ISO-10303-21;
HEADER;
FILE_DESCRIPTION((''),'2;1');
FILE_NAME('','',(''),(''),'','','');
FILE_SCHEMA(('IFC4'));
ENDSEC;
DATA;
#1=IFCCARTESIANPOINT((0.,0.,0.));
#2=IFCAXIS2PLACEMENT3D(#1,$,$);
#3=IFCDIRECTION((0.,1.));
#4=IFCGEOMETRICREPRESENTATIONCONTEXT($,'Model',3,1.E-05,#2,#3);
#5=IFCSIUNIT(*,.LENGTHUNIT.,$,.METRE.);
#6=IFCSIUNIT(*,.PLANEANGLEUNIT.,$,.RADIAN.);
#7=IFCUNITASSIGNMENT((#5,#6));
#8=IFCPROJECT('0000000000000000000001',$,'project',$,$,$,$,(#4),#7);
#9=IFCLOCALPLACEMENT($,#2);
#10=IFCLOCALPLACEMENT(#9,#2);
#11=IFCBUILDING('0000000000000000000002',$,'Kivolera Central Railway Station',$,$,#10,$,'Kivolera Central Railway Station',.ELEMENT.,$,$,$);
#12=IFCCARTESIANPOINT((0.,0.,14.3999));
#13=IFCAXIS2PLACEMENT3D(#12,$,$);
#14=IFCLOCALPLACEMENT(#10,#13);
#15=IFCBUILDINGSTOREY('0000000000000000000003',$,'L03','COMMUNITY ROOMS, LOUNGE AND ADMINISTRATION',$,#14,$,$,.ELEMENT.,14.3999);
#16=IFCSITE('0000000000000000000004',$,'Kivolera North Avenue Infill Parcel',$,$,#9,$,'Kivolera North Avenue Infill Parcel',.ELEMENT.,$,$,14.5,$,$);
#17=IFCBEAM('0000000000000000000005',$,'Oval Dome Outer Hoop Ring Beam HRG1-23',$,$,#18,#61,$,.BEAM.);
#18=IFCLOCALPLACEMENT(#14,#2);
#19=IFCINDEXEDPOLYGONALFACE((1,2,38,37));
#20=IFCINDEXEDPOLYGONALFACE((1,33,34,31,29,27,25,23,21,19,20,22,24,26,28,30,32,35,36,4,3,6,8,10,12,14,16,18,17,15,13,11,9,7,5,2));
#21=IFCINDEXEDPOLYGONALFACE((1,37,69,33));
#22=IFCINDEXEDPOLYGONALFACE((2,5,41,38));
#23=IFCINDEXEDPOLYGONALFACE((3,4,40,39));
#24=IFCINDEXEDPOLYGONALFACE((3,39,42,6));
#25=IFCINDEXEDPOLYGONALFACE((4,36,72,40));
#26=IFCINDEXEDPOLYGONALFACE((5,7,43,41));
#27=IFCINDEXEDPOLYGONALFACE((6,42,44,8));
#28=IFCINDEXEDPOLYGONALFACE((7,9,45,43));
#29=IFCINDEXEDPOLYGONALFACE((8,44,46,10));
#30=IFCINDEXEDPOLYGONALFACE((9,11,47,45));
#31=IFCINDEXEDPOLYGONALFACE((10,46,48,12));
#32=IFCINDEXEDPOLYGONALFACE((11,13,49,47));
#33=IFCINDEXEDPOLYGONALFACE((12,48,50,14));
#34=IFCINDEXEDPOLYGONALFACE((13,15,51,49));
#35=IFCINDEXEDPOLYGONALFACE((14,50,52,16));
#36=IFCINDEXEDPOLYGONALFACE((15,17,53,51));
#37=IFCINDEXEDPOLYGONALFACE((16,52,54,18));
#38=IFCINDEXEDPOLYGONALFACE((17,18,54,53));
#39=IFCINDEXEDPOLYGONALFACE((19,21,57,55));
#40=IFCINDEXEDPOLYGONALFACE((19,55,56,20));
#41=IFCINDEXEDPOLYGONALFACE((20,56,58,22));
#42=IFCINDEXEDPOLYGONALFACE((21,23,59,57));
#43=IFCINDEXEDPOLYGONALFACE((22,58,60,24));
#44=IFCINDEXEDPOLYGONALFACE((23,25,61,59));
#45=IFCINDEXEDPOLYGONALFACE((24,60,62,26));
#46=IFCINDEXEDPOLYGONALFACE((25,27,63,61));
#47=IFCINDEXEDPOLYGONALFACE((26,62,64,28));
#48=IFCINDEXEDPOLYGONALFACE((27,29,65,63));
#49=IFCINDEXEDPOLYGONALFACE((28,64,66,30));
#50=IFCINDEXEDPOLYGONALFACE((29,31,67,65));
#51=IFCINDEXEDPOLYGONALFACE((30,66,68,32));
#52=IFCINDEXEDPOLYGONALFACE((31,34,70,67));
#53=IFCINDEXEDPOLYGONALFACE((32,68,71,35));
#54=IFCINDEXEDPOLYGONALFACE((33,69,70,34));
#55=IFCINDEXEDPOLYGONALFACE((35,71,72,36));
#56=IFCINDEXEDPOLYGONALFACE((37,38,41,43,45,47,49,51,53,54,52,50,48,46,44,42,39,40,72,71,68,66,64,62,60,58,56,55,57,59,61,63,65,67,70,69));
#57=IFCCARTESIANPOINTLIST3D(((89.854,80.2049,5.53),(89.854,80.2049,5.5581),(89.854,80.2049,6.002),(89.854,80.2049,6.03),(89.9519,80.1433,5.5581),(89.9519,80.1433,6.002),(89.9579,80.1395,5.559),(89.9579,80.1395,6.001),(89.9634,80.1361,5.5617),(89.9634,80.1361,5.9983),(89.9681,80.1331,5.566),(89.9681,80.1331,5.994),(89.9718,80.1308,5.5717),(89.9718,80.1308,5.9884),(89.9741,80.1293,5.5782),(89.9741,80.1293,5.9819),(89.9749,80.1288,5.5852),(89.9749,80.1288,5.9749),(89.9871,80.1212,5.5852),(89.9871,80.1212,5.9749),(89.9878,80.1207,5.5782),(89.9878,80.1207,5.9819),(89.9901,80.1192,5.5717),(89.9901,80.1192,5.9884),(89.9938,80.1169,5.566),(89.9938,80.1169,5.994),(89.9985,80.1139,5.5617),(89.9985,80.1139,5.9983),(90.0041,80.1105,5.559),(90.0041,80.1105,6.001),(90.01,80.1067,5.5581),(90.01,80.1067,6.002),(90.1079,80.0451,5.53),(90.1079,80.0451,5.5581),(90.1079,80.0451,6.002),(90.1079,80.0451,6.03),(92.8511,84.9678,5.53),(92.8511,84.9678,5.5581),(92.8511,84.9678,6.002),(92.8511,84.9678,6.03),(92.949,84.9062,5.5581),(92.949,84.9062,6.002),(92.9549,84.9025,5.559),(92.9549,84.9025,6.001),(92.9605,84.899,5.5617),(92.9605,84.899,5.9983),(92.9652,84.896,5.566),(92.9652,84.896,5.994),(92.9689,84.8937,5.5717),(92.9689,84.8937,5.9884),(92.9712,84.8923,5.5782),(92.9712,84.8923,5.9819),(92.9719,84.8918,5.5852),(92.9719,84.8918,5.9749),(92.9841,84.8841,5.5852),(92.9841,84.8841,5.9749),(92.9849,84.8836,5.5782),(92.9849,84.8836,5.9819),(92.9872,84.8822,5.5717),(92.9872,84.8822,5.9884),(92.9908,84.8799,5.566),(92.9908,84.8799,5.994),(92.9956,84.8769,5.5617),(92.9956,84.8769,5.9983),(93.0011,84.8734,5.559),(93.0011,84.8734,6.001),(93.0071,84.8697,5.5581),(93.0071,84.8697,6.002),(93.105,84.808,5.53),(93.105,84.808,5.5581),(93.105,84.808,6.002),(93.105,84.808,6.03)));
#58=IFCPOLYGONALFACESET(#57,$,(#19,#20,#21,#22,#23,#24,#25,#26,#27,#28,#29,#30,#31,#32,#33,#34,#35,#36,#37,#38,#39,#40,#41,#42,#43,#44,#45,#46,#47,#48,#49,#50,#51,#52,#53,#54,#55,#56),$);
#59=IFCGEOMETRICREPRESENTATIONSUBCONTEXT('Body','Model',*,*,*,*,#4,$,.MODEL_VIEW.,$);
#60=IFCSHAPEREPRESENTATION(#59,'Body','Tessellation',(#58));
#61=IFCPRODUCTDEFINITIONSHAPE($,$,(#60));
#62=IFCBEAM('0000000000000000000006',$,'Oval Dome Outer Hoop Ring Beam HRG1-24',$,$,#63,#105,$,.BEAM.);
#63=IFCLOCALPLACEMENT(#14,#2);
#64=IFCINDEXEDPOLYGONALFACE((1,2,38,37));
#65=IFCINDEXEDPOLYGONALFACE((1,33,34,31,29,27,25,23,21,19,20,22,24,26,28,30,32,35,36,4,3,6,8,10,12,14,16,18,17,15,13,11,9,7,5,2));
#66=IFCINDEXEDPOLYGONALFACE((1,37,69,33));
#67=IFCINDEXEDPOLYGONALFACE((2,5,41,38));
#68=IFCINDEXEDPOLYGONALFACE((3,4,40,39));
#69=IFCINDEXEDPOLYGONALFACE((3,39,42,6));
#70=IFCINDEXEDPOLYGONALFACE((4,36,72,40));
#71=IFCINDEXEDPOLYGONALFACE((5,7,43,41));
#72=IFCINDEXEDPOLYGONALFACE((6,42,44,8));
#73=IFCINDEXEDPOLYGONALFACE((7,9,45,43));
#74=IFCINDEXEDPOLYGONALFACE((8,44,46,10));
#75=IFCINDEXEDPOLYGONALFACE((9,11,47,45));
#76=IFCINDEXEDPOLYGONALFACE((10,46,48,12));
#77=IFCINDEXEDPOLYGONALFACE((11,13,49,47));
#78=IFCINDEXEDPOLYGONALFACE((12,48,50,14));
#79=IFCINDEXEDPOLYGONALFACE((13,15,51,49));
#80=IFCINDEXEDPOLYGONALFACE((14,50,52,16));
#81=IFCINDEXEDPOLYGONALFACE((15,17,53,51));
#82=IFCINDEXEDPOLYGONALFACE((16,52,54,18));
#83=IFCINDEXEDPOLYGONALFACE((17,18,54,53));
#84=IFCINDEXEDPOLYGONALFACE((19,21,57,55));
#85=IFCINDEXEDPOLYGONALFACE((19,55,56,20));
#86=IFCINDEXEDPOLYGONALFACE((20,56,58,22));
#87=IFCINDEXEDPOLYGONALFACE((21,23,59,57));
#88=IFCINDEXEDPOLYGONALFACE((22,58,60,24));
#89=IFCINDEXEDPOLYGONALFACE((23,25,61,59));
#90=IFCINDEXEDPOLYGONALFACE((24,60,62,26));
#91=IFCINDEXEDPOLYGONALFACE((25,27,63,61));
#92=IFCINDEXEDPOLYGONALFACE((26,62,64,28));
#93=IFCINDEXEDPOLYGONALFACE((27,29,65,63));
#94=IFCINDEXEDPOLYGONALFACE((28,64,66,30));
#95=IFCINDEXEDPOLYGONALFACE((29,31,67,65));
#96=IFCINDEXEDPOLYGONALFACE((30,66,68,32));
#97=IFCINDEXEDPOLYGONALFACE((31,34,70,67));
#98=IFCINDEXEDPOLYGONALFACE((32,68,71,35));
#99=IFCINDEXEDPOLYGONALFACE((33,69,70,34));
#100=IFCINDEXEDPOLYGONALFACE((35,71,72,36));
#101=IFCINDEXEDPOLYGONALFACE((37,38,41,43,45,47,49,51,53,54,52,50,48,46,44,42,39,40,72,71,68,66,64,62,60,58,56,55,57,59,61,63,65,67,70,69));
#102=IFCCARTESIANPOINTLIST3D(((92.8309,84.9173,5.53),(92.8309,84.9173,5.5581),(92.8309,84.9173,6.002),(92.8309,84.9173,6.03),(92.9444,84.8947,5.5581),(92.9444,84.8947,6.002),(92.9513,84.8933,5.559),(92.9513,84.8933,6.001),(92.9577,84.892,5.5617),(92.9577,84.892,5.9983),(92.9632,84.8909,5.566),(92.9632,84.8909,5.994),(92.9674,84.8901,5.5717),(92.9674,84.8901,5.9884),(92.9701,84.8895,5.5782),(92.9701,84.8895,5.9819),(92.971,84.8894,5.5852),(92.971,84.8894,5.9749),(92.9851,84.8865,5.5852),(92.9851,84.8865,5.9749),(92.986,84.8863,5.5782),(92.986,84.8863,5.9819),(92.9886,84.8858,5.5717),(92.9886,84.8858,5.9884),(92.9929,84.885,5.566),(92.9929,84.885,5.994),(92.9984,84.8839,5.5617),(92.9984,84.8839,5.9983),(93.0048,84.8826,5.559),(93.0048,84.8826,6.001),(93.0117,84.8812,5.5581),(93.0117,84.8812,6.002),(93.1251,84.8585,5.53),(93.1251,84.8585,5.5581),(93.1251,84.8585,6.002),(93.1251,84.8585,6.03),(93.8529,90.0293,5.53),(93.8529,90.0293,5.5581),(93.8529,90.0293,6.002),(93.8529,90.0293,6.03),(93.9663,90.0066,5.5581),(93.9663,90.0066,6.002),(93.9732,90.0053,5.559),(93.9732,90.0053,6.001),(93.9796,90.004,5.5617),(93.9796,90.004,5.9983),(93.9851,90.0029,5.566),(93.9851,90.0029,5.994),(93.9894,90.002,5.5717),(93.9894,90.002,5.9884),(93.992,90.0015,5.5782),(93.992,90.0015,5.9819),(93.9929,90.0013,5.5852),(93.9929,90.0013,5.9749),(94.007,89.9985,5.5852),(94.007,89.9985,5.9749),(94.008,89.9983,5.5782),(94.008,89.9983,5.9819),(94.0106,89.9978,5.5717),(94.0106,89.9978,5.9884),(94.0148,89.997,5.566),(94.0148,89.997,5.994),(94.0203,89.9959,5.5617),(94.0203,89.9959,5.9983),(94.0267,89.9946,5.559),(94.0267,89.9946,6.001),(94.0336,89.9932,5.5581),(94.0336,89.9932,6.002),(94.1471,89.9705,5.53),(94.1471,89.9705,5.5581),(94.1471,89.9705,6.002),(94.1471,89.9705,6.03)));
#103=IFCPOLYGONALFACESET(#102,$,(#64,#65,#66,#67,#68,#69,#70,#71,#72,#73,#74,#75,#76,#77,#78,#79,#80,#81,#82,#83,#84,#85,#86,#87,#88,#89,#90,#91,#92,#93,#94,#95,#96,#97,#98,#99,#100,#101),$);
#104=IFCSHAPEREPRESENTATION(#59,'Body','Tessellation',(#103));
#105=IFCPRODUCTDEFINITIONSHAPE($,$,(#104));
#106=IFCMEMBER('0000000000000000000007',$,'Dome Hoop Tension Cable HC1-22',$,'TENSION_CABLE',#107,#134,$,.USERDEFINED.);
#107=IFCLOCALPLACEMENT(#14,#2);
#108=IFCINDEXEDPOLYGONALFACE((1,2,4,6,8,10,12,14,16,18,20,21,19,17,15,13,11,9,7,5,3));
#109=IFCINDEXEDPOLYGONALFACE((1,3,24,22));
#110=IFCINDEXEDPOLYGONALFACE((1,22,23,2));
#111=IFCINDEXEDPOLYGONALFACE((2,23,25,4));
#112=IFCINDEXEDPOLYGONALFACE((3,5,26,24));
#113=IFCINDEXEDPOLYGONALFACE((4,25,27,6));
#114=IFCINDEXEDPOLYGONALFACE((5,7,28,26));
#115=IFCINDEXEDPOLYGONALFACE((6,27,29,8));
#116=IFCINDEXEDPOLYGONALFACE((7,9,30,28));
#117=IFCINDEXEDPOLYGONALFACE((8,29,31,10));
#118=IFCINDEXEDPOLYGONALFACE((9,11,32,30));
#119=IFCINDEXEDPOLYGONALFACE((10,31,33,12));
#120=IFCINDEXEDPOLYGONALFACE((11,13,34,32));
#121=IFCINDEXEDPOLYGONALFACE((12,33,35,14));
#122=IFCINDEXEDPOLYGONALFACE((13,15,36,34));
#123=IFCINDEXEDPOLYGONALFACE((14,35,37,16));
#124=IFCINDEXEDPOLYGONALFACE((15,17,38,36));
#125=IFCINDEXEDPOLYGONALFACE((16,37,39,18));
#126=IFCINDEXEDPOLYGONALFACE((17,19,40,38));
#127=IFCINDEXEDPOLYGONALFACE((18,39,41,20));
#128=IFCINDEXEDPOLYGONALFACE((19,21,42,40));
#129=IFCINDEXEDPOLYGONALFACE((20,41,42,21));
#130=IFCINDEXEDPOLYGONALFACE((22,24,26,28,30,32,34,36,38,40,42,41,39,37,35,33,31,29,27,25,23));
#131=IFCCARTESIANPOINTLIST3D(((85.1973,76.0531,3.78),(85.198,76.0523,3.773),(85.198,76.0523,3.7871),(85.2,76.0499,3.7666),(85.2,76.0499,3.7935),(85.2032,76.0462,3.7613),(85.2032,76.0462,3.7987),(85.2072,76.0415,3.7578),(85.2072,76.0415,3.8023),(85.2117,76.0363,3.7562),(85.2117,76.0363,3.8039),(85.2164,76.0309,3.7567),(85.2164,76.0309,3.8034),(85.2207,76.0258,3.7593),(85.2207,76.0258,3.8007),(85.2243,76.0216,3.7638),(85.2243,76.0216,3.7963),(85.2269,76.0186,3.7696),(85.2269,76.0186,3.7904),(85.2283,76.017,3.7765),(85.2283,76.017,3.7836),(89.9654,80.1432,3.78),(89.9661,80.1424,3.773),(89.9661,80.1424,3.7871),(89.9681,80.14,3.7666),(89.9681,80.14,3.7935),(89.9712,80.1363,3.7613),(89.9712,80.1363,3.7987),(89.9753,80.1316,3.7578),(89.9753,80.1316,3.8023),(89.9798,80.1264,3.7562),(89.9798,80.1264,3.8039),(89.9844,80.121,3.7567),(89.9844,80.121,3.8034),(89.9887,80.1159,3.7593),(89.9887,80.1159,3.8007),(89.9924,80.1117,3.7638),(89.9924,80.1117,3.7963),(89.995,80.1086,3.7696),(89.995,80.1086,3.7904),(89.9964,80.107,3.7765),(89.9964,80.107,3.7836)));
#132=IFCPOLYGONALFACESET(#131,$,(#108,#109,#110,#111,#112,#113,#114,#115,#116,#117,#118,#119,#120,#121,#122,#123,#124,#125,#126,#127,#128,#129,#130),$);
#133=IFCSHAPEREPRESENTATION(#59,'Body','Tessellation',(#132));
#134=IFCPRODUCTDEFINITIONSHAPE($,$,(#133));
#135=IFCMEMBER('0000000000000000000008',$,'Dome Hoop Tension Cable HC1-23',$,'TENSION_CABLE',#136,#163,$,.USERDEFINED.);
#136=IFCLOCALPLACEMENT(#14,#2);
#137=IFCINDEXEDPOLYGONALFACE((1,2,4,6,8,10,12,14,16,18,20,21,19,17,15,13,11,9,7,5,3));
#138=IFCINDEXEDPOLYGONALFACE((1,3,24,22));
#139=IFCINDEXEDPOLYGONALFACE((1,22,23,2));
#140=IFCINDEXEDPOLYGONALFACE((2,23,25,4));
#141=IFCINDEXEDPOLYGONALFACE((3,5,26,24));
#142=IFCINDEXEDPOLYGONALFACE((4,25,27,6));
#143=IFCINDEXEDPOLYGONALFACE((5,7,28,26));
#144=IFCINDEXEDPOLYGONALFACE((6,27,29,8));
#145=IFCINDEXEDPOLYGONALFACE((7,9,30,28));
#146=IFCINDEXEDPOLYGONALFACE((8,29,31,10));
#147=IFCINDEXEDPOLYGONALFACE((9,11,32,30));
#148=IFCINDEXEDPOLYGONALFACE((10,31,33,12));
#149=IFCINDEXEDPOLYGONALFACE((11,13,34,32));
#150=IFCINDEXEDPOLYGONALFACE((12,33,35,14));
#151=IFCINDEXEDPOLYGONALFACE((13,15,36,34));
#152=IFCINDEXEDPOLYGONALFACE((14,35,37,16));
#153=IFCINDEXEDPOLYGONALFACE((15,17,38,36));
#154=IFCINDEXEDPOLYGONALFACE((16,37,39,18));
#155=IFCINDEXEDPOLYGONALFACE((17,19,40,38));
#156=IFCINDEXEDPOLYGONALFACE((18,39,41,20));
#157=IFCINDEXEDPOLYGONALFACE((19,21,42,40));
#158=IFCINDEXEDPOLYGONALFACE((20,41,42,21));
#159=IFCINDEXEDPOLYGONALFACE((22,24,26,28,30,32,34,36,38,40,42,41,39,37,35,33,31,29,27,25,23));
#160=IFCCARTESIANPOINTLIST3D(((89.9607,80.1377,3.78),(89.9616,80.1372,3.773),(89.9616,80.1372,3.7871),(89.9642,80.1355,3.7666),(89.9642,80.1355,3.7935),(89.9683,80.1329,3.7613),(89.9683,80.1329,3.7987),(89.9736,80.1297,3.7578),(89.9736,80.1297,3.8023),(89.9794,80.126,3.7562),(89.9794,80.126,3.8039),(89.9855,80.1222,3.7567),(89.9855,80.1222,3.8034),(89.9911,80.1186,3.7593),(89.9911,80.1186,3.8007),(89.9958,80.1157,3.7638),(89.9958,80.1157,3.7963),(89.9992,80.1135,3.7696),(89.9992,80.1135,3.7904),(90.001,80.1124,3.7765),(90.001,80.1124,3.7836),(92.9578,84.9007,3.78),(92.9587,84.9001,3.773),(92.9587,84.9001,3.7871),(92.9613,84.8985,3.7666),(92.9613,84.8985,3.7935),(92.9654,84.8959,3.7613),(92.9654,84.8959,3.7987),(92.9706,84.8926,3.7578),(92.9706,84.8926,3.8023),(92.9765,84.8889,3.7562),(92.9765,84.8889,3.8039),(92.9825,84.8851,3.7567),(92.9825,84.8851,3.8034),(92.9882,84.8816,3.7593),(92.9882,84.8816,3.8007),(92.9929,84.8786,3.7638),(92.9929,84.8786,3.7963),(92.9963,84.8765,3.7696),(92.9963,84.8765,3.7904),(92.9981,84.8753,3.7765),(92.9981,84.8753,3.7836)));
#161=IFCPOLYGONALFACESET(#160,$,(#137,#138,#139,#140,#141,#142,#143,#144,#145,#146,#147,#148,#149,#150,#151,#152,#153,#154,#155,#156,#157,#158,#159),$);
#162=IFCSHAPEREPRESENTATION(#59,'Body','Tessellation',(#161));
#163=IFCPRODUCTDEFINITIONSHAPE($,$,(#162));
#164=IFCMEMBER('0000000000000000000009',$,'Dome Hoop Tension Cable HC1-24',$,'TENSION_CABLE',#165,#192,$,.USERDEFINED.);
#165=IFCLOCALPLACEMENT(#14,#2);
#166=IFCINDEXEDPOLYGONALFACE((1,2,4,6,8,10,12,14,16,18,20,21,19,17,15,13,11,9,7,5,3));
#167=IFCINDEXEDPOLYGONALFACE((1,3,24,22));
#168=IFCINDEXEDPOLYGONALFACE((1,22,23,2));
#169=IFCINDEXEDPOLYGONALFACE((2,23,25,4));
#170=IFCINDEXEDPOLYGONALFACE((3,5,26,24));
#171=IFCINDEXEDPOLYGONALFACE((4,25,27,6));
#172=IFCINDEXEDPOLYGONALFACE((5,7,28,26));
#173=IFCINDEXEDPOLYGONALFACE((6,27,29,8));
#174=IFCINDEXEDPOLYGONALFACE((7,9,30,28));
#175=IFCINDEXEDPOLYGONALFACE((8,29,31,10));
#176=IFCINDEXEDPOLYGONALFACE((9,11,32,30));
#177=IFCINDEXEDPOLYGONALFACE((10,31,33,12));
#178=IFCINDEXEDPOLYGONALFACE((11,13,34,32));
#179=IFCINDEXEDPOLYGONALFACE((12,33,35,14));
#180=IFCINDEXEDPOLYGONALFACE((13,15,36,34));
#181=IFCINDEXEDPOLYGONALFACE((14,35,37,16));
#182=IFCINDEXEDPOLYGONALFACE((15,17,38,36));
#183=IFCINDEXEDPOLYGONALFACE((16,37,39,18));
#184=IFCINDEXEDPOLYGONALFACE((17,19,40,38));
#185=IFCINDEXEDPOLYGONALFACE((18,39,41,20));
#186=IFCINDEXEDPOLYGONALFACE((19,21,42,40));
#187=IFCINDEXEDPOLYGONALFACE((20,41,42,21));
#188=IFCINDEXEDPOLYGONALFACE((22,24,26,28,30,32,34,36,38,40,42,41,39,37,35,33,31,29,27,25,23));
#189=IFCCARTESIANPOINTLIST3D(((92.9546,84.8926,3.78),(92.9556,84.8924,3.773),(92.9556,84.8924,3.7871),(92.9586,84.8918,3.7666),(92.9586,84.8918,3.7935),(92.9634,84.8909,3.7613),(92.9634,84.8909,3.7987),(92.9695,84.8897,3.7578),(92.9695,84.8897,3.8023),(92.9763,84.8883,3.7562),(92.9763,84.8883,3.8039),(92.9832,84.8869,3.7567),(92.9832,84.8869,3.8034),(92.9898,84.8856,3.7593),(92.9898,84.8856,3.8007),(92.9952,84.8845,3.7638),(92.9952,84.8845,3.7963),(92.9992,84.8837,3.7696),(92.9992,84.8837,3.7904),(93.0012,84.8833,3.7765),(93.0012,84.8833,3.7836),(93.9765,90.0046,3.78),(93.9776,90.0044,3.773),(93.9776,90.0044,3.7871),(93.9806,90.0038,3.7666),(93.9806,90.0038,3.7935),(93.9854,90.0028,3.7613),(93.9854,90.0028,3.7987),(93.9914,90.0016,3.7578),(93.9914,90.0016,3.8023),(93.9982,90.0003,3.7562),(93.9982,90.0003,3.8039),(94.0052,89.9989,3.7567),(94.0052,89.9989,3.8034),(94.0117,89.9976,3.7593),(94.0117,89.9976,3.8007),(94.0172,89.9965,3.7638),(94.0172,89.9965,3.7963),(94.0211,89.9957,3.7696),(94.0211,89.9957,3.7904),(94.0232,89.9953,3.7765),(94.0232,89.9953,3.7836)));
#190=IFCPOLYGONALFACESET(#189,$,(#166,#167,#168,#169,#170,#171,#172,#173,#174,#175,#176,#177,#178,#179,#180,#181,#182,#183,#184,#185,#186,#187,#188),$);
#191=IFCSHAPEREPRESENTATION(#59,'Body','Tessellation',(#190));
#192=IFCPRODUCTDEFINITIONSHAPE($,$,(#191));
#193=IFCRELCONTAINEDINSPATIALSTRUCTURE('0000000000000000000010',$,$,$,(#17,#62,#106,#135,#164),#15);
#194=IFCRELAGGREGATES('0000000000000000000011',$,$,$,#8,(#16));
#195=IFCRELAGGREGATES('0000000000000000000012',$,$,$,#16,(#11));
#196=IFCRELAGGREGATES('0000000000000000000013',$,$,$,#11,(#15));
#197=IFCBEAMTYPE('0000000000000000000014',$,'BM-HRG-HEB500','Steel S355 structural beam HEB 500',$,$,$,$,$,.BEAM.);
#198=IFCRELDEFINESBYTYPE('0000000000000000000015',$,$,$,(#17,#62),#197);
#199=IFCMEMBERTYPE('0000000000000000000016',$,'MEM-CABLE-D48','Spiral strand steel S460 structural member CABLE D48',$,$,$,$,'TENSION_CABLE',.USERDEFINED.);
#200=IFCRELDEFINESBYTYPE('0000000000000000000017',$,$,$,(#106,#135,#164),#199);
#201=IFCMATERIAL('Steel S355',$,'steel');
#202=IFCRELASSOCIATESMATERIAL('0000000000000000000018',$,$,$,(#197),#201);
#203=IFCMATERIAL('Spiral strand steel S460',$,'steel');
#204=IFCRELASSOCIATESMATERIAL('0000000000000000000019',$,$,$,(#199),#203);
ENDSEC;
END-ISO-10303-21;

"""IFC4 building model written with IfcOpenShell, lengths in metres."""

from ifc_helpers import new_model, si_unit, direction, frame, origin, origin_2d, place, context, subcontext, project, spatial, circle, i_section, extrude, material, material_profile, profile_set, type_object, element, save


model = new_model("IFC4")

# Units and contexts
model_context = context("Model", 3, precision=1e-05, world=origin(), true_north=direction((0.0, 1.0)))
body_context = subcontext(model_context, "Body", "Model", "MODEL_VIEW")
ifc_project = project(units=[si_unit("LENGTHUNIT", "METRE"), si_unit("PLANEANGLEUNIT", "RADIAN")], contexts=[model_context])

# Site, building, storey
site_placement = place(None, origin())
site = spatial("IfcSite", under=ifc_project, at=site_placement, Name="Kivolera North Avenue Infill Parcel", LongName="Kivolera North Avenue Infill Parcel", CompositionType="ELEMENT", RefElevation=14.5)
building_placement = place(site_placement, origin())
building = spatial("IfcBuilding", under=site, at=building_placement, Name="Kivolera Central Railway Station", LongName="Kivolera Central Railway Station", CompositionType="ELEMENT")
storey_placement = place(building_placement, frame((0.0, 0.0, 14.3999)))
storey = spatial("IfcBuildingStorey", under=building, at=storey_placement, Name="L03", Description="COMMUNITY ROOMS, LOUNGE AND ADMINISTRATION", CompositionType="ELEMENT", Elevation=14.3999)

# Beams
ifc_material_1 = material(Name="Steel S355", Category="steel")
ifc_material_profile_1 = material_profile(ifc_material_1, i_section(OverallWidth=0.3, OverallDepth=0.5, WebThickness=0.0144, FlangeThickness=0.0281, FilletRadius=0.0271, at=origin_2d()), Name="HEB 500")
ifc_profile_set_1 = profile_set([ifc_material_profile_1], Name="Steel S355")
beam_type_1 = type_object("IfcBeamType", Name="BM-HRG-HEB500", Description="Steel S355 structural beam HEB 500", PredefinedType="BEAM", material=ifc_profile_set_1)
beam_1_placement = place(storey_placement, frame((89.981, 80.125, 5.78), z_axis=(0.532582, 0.846378, 0.0), x_axis=(-0.846378, 0.532582, 0.0)))
element("IfcBeam", 1, at=beam_1_placement, inside=storey, type_object=beam_type_1, Name="Oval Dome Outer Hoop Ring Beam HRG1-23", PredefinedType="BEAM", context=body_context, shape_type="SweptSolid", body=[
    extrude(i_section(OverallWidth=0.3, OverallDepth=0.5, WebThickness=0.0144, FlangeThickness=0.0281, FilletRadius=0.0271, at=origin_2d()), origin(), (0.0, 0.0, 1.0), 5.6274),
])
beam_2_placement = place(storey_placement, frame((92.978, 84.8879, 5.78), z_axis=(0.196035, 0.980597, 0.0), x_axis=(-0.980597, 0.196035, 0.0)))
element("IfcBeam", 2, at=beam_2_placement, inside=storey, type_object=beam_type_1, Name="Oval Dome Outer Hoop Ring Beam HRG1-24", PredefinedType="BEAM", context=body_context, shape_type="SweptSolid", body=[
    extrude(i_section(OverallWidth=0.3, OverallDepth=0.5, WebThickness=0.0144, FlangeThickness=0.0281, FilletRadius=0.0271, at=origin_2d()), origin(), (0.0, 0.0, 1.0), 5.2131),
])

# Members
ifc_material_2 = material(Name="Spiral strand steel S460", Category="steel")
ifc_material_profile_2 = material_profile(ifc_material_2, circle(Radius=0.0239, at=origin_2d()), Name="CABLE D48")
ifc_profile_set_2 = profile_set([ifc_material_profile_2], Name="Spiral strand steel S460")
member_type_1 = type_object("IfcMemberType", Name="MEM-CABLE-D48", Description="Spiral strand steel S460 structural member CABLE D48", ElementType="TENSION_CABLE", PredefinedType="USERDEFINED", material=ifc_profile_set_2)
member_1_placement = place(storey_placement, frame((85.2129, 76.0349, 3.78), z_axis=(0.759007, 0.651083, 0.0), x_axis=(-0.651083, 0.759007, 0.0)))
element("IfcMember", 3, at=member_1_placement, inside=storey, type_object=member_type_1, Name="Dome Hoop Tension Cable HC1-22", ObjectType="TENSION_CABLE", PredefinedType="USERDEFINED", context=body_context, shape_type="SweptSolid", body=[
    extrude(circle(Radius=0.0239, at=origin_2d()), origin(), (0.0, 0.0, 1.0), 6.282),
])
member_2_placement = place(storey_placement, frame((89.981, 80.125, 3.78), z_axis=(0.532582, 0.846378, 0.0), x_axis=(-0.846378, 0.532582, 0.0)))
element("IfcMember", 4, at=member_2_placement, inside=storey, type_object=member_type_1, Name="Dome Hoop Tension Cable HC1-23", ObjectType="TENSION_CABLE", PredefinedType="USERDEFINED", context=body_context, shape_type="SweptSolid", body=[
    extrude(circle(Radius=0.0239, at=origin_2d()), origin(), (0.0, 0.0, 1.0), 5.6274),
])
member_3_placement = place(storey_placement, frame((92.978, 84.8879, 3.78), z_axis=(0.196035, 0.980597, 0.0), x_axis=(-0.980597, 0.196035, 0.0)))
element("IfcMember", 5, at=member_3_placement, inside=storey, type_object=member_type_1, Name="Dome Hoop Tension Cable HC1-24", ObjectType="TENSION_CABLE", PredefinedType="USERDEFINED", context=body_context, shape_type="SweptSolid", body=[
    extrude(circle(Radius=0.0239, at=origin_2d()), origin(), (0.0, 0.0, 1.0), 5.2131),
])

save(model, "model.ifc")
